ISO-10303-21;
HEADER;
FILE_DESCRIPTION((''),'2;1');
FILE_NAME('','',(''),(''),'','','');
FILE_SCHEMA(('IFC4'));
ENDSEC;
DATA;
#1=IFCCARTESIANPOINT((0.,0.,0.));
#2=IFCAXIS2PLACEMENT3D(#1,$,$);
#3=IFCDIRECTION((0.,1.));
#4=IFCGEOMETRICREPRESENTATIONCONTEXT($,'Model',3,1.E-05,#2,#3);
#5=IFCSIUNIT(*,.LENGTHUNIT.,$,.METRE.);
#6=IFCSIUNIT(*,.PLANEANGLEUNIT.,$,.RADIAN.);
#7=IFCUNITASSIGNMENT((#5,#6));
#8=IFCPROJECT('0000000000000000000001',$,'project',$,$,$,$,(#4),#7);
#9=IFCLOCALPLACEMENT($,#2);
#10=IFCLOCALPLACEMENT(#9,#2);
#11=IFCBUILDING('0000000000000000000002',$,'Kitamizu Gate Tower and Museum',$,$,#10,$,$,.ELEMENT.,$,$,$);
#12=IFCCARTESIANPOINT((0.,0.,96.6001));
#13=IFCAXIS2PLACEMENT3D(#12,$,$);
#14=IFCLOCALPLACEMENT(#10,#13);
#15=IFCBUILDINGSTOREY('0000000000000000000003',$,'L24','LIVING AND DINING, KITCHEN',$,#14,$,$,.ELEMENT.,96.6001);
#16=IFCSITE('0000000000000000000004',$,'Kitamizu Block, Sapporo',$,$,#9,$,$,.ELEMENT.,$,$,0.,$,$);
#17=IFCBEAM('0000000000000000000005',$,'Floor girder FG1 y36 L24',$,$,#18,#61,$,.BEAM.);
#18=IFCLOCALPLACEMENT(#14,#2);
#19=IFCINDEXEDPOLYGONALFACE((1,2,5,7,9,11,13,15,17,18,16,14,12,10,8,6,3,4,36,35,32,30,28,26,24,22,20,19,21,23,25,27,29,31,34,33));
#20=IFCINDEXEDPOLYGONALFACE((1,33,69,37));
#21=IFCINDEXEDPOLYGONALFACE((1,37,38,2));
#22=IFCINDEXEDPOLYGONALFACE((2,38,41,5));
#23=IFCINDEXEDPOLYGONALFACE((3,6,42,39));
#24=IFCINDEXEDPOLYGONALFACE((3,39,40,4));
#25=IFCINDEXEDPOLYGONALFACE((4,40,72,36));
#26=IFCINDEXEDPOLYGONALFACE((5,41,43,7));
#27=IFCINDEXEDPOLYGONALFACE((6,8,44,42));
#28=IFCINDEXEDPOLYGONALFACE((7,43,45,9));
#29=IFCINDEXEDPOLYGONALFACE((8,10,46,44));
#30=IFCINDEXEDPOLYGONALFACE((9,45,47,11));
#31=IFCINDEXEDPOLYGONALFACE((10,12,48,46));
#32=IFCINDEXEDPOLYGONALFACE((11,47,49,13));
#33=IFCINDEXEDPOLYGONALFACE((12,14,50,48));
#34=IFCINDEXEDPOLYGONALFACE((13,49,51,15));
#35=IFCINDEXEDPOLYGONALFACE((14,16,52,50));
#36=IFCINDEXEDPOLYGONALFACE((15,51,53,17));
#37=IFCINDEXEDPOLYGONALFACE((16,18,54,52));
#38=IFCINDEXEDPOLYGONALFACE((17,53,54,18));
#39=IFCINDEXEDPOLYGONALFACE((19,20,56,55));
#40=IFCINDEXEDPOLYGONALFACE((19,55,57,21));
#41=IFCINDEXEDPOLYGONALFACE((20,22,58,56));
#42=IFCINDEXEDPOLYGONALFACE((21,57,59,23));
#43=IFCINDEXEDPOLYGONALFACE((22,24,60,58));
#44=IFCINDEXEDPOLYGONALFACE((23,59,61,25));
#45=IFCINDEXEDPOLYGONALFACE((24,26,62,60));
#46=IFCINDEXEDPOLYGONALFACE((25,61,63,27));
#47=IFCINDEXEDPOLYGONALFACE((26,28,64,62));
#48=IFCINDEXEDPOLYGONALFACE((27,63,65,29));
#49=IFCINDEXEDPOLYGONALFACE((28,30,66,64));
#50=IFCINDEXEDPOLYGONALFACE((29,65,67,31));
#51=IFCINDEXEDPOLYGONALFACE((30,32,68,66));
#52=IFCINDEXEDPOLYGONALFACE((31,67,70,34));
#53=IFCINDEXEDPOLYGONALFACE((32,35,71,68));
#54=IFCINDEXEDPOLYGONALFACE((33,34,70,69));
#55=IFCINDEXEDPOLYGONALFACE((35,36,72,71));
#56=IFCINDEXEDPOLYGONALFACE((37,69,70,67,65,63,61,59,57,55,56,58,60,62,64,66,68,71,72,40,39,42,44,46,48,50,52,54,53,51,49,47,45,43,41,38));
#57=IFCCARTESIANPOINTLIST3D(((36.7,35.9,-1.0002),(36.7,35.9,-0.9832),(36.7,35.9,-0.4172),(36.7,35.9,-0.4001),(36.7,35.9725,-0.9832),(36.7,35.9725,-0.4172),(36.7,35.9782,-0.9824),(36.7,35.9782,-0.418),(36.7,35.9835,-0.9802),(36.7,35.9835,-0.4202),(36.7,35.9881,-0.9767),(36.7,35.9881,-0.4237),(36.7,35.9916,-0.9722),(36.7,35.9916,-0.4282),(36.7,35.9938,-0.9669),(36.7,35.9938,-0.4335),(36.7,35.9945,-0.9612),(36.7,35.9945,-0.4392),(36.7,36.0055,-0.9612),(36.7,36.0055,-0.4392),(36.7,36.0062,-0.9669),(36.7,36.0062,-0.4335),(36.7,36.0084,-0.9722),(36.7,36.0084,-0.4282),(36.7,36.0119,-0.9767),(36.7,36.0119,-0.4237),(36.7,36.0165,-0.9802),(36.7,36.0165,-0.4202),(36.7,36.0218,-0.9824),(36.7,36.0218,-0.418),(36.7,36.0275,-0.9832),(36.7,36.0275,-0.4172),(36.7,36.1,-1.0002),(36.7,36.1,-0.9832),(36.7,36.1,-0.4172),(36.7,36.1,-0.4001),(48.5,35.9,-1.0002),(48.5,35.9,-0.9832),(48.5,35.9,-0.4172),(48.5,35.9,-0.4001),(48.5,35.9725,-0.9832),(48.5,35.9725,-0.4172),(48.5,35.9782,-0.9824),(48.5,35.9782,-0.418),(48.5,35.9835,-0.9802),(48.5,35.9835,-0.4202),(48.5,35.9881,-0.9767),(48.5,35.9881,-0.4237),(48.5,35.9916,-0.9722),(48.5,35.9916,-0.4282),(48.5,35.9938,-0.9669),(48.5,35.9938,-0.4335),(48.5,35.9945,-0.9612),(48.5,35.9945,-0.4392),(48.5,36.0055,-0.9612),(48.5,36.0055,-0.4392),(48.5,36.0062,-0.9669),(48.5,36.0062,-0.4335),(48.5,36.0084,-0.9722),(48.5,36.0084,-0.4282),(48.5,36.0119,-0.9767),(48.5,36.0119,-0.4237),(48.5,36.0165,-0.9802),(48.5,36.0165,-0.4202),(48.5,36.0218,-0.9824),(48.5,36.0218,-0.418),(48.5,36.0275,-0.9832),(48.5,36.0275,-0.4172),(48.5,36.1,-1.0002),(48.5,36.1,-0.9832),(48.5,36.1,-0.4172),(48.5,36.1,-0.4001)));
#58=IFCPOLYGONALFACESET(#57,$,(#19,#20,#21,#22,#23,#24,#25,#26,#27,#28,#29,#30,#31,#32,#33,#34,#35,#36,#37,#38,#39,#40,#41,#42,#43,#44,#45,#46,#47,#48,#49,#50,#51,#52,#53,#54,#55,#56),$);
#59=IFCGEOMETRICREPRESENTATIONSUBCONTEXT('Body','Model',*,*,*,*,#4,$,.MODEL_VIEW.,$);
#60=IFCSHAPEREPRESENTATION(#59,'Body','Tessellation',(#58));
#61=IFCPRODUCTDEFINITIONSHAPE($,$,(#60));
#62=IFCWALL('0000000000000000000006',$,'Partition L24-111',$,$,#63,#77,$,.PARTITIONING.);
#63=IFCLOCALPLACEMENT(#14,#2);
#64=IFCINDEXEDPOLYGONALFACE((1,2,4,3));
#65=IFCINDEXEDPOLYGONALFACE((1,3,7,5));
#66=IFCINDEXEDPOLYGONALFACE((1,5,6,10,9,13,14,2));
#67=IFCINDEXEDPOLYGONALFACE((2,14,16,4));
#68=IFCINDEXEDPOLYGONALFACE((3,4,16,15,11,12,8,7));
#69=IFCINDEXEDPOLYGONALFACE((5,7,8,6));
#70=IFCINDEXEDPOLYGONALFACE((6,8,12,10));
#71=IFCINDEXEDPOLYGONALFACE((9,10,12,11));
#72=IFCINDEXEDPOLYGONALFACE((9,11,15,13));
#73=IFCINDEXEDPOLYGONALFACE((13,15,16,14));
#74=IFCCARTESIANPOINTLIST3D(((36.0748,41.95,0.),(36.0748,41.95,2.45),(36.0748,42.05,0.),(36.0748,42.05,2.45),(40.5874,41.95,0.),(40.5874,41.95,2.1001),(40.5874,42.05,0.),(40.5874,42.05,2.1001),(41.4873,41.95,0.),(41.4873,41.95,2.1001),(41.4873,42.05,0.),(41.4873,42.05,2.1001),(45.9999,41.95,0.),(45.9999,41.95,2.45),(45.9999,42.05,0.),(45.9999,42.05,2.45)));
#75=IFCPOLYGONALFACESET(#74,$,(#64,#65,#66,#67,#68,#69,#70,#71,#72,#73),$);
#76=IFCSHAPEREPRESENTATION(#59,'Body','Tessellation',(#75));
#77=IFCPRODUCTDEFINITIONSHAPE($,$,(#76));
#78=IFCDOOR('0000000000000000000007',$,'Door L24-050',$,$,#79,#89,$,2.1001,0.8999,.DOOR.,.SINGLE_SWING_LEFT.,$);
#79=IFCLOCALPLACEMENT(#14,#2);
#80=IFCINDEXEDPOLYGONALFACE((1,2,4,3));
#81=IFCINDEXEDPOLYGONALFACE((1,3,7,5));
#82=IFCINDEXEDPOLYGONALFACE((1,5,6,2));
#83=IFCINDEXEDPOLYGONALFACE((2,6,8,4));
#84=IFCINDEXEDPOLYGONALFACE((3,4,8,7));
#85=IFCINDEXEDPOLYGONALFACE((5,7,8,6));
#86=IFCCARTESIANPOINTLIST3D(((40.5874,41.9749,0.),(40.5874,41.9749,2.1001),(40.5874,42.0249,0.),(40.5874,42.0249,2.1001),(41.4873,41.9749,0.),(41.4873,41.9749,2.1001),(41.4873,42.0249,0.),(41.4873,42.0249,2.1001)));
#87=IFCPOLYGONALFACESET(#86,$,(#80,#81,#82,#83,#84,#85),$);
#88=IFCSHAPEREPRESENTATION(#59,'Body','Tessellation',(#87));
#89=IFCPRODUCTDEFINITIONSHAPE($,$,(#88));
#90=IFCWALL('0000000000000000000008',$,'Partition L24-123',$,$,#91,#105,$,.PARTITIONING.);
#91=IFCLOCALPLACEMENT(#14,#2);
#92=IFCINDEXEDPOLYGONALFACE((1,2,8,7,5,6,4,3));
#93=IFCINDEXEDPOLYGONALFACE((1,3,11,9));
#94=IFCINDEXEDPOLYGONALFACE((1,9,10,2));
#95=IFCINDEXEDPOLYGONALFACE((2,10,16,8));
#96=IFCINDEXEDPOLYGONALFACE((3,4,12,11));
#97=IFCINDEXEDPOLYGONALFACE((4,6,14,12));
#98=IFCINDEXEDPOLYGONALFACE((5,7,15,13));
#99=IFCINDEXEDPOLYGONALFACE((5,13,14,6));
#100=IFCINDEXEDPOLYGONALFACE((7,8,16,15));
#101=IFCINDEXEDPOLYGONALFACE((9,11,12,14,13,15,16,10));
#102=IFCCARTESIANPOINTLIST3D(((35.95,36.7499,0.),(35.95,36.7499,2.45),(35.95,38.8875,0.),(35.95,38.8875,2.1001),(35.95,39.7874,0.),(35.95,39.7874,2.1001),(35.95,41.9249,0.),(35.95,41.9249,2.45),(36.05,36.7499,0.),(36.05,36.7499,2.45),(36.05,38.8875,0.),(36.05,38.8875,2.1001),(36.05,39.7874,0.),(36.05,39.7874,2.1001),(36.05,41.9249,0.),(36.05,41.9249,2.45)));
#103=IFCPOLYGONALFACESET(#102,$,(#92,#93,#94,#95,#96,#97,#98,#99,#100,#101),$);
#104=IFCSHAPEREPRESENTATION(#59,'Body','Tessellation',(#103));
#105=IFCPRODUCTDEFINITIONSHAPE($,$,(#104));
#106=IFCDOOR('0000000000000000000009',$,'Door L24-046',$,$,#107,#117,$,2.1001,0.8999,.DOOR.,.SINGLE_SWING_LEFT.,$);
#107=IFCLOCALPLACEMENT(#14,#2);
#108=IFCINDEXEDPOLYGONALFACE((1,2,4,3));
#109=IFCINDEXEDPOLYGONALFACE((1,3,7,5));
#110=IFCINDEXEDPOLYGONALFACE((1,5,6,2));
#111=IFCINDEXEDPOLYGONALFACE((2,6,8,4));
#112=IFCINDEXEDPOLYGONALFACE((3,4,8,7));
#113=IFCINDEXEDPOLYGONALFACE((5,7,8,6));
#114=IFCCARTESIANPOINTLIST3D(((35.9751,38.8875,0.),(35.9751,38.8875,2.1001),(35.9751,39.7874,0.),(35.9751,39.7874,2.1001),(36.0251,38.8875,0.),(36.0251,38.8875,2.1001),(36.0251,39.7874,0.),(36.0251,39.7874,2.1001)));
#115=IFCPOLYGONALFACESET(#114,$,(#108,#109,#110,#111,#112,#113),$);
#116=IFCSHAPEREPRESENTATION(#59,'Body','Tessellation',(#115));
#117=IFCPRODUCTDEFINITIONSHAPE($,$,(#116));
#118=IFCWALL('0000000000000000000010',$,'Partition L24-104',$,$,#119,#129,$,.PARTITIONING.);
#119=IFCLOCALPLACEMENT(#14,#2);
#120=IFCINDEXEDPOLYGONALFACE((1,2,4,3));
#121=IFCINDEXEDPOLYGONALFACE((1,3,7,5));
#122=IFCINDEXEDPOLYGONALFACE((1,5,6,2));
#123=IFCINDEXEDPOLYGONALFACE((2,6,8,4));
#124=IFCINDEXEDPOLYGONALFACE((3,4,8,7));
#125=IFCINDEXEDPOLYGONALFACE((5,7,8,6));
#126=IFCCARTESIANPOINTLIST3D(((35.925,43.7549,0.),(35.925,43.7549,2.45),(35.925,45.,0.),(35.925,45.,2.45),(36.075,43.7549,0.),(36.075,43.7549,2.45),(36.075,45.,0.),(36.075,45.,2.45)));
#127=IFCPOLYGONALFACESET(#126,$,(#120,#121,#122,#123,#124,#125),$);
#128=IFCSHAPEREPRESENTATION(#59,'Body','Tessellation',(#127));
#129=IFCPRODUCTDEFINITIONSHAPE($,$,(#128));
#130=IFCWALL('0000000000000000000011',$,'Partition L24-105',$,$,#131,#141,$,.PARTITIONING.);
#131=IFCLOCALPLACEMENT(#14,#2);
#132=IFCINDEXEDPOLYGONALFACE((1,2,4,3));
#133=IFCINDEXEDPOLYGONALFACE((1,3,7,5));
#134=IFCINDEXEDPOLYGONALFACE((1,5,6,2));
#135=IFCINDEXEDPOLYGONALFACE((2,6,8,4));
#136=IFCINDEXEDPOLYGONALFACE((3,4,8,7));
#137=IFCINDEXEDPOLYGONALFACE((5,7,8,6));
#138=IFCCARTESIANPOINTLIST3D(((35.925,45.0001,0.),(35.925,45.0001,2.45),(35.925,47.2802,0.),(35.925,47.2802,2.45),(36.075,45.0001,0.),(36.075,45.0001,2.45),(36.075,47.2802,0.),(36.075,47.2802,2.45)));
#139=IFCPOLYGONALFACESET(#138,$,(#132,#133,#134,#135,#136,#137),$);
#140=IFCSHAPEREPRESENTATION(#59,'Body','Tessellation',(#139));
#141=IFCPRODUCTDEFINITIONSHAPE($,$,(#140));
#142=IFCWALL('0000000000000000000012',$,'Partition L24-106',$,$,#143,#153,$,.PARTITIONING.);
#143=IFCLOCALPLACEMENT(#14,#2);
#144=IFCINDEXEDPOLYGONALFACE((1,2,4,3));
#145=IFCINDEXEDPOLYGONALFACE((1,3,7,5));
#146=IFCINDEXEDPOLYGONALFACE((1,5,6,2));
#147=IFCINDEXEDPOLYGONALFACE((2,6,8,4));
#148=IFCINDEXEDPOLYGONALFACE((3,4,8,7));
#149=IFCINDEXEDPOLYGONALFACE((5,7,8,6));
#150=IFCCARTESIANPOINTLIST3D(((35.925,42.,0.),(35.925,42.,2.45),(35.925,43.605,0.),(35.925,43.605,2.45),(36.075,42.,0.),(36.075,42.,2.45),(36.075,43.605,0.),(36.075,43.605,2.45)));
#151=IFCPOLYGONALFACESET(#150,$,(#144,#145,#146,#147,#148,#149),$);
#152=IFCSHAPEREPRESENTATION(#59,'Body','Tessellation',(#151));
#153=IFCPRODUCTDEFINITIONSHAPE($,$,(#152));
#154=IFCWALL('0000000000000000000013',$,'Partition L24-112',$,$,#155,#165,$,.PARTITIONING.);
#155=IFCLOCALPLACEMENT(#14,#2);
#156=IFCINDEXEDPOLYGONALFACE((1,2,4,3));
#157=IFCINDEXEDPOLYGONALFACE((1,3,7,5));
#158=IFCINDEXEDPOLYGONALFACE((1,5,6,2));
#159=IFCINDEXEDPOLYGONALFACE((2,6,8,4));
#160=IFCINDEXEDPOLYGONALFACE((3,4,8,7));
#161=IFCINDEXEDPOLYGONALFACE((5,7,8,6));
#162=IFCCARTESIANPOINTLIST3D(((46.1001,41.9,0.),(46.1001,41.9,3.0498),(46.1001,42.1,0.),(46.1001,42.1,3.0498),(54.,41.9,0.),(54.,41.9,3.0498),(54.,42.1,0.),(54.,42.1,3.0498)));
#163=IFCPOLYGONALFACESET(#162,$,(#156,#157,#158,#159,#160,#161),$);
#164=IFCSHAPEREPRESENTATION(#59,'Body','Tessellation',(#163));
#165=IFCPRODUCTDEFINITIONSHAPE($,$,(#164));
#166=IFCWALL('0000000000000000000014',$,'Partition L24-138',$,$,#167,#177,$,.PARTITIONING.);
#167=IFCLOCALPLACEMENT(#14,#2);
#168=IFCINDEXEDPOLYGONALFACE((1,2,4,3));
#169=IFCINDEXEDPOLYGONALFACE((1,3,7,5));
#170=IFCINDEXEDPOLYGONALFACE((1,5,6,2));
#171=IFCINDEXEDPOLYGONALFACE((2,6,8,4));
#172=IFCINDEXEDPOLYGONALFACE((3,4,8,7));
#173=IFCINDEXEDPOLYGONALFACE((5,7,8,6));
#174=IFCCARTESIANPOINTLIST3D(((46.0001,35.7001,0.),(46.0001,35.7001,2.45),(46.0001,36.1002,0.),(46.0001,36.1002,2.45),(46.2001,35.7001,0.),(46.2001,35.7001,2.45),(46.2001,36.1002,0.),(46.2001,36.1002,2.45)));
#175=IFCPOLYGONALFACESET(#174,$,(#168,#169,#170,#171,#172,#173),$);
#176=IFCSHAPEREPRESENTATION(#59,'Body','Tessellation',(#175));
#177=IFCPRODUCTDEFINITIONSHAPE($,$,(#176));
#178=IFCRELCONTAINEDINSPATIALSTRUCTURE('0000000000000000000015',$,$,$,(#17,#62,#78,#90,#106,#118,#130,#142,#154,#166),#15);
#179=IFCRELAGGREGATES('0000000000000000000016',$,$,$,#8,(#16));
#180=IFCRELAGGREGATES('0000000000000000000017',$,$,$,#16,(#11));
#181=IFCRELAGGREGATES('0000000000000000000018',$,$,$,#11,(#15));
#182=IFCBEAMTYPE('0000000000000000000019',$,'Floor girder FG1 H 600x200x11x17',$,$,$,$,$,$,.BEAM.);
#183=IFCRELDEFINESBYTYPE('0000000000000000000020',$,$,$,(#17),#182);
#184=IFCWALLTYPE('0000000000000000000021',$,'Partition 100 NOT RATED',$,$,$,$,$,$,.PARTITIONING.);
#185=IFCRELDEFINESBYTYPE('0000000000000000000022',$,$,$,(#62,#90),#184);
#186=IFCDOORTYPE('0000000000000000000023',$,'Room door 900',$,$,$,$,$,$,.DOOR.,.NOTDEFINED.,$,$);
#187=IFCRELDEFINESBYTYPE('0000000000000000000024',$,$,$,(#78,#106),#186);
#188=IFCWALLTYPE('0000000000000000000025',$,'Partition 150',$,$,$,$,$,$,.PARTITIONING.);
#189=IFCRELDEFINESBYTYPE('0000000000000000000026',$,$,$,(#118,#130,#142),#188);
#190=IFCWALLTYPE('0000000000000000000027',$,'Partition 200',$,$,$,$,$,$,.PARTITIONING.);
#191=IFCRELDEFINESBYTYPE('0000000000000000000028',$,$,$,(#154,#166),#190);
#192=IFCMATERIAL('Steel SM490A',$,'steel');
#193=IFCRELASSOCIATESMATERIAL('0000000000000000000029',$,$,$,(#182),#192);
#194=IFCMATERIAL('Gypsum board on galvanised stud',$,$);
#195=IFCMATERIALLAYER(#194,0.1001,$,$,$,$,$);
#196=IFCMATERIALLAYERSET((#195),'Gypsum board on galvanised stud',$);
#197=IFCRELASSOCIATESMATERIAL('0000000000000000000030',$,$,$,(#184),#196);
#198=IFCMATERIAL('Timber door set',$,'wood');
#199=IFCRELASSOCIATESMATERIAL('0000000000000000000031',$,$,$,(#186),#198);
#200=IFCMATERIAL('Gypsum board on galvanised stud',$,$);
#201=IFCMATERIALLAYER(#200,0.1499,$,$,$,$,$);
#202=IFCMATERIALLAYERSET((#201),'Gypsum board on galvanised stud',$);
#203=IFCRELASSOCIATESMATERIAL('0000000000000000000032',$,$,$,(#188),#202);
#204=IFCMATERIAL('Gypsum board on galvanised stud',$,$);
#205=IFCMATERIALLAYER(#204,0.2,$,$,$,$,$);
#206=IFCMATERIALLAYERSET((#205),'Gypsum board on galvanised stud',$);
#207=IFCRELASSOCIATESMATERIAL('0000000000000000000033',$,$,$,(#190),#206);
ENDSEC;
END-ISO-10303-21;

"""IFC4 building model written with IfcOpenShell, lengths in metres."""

from ifc_helpers import new_model, si_unit, direction, frame, frame_2d, origin, origin_2d, place, context, subcontext, project, spatial, rectangle, i_section, extrude, material, layer, layer_set, material_profile, profile_set, type_object, element, fill, save


model = new_model("IFC4")

# Units and contexts
model_context = context("Model", 3, precision=1e-05, world=origin(), true_north=direction((0.0, 1.0)))
body_context = subcontext(model_context, "Body", "Model", "MODEL_VIEW")
ifc_project = project(units=[si_unit("LENGTHUNIT", "METRE"), si_unit("PLANEANGLEUNIT", "RADIAN")], contexts=[model_context])

# Site, building, storey
site_placement = place(None, origin())
site = spatial("IfcSite", under=ifc_project, at=site_placement, Name="Kitamizu Block, Sapporo", CompositionType="ELEMENT", RefElevation=0.0)
building_placement = place(site_placement, origin())
building = spatial("IfcBuilding", under=site, at=building_placement, Name="Kitamizu Gate Tower and Museum", CompositionType="ELEMENT")
storey_placement = place(building_placement, frame((0.0, 0.0, 96.6001)))
storey = spatial("IfcBuildingStorey", under=building, at=storey_placement, Name="L24", Description="LIVING AND DINING, KITCHEN", CompositionType="ELEMENT", Elevation=96.6001)

# Beam
ifc_material_1 = material(Name="Steel SM490A", Category="steel")
ifc_material_profile_1 = material_profile(ifc_material_1, i_section(OverallWidth=0.2, OverallDepth=0.6001, WebThickness=0.011, FlangeThickness=0.0171, FilletRadius=0.022, at=origin_2d()), Name="H-600x200x11x17")
ifc_profile_set_1 = profile_set([ifc_material_profile_1], Name="Steel SM490A")
beam_type_1 = type_object("IfcBeamType", Name="Floor girder FG1 H 600x200x11x17", PredefinedType="BEAM", material=ifc_profile_set_1)
beam_1_placement = place(storey_placement, frame((36.7, 36.0, -0.7002), z_axis=(1.0, 0.0, 0.0), x_axis=(0.0, 1.0, 0.0)))
element("IfcBeam", 1, at=beam_1_placement, inside=storey, type_object=beam_type_1, Name="Floor girder FG1 y36 L24", PredefinedType="BEAM", context=body_context, shape_type="SweptSolid", body=[
    extrude(i_section(OverallWidth=0.2, OverallDepth=0.6001, WebThickness=0.011, FlangeThickness=0.0171, FilletRadius=0.022, at=origin_2d()), origin(), (0.0, 0.0, 1.0), 11.8),
])

# Walls, openings, doors
ifc_material_2 = material(Name="Gypsum board on galvanised stud")
ifc_layer_1 = layer(ifc_material_2, 0.1001)
ifc_layer_set_1 = layer_set([ifc_layer_1], Name="Gypsum board on galvanised stud")
wall_type_1 = type_object("IfcWallType", Name="Partition 100 NOT RATED", PredefinedType="PARTITIONING", material=ifc_layer_set_1)
wall_1_placement = place(storey_placement, frame((36.075, 42.0, 0.0), z_axis=(0.0, 0.0, 1.0), x_axis=(1.0, 0.0, 0.0)))
wall_1 = element("IfcWall", 2, at=wall_1_placement, inside=storey, type_object=wall_type_1, Name="Partition L24-111", PredefinedType="PARTITIONING", context=body_context, shape_type="SweptSolid", body=[
    extrude(rectangle(XDim=9.925, YDim=0.1001, at=frame_2d((4.9624, 0.0))), origin(), (0.0, 0.0, 1.0), 2.45),
])
opening_1_placement = place(wall_1_placement, frame((4.5125, 0.0, 0.0)))
opening_1 = element("IfcOpeningElement", 3, at=opening_1_placement, cuts=wall_1, PredefinedType="OPENING", context=body_context, shape_type="SweptSolid", body=[
    extrude(rectangle(XDim=0.8999, YDim=2.1001, at=frame_2d((0.45, 1.05))), frame((0.0, 0.0601, 0.0), z_axis=(0.0, -1.0, 0.0), x_axis=(1.0, 0.0, 0.0)), (0.0, 0.0, 1.0), 0.1201),
])
ifc_material_3 = material(Name="Timber door set", Category="wood")
door_type = type_object("IfcDoorType", Name="Room door 900", OperationType="NOTDEFINED", PredefinedType="DOOR", material=ifc_material_3)
door_1_placement = place(opening_1_placement, origin())
door_1 = element("IfcDoor", 4, at=door_1_placement, inside=storey, type_object=door_type, Name="Door L24-050", OperationType="SINGLE_SWING_LEFT", OverallHeight=2.1001, OverallWidth=0.8999, PredefinedType="DOOR", context=body_context, shape_type="SweptSolid", body=[
    extrude(rectangle(XDim=0.8999, YDim=2.1001, at=frame_2d((0.45, 1.05))), frame((0.0, 0.0249, 0.0), z_axis=(0.0, -1.0, 0.0), x_axis=(1.0, 0.0, 0.0)), (0.0, 0.0, 1.0), 0.05),
])
fill(opening_1, door_1)
wall_2_placement = place(storey_placement, frame((36.0, 36.75, 0.0), z_axis=(0.0, 0.0, 1.0), x_axis=(0.0, 1.0, 0.0)))
wall_2 = element("IfcWall", 5, at=wall_2_placement, inside=storey, type_object=wall_type_1, Name="Partition L24-123", PredefinedType="PARTITIONING", context=body_context, shape_type="SweptSolid", body=[
    extrude(rectangle(XDim=5.175, YDim=0.1001, at=frame_2d((2.5874, 0.0))), origin(), (0.0, 0.0, 1.0), 2.45),
])
opening_2_placement = place(wall_2_placement, frame((2.1375, 0.0, 0.0)))
opening_2 = element("IfcOpeningElement", 6, at=opening_2_placement, cuts=wall_2, PredefinedType="OPENING", context=body_context, shape_type="SweptSolid", body=[
    extrude(rectangle(XDim=0.8999, YDim=2.1001, at=frame_2d((0.45, 1.05))), frame((0.0, 0.0601, 0.0), z_axis=(0.0, -1.0, 0.0), x_axis=(1.0, 0.0, 0.0)), (0.0, 0.0, 1.0), 0.1201),
])
door_2_placement = place(opening_2_placement, origin())
door_2 = element("IfcDoor", 7, at=door_2_placement, inside=storey, type_object=door_type, Name="Door L24-046", OperationType="SINGLE_SWING_LEFT", OverallHeight=2.1001, OverallWidth=0.8999, PredefinedType="DOOR", context=body_context, shape_type="SweptSolid", body=[
    extrude(rectangle(XDim=0.8999, YDim=2.1001, at=frame_2d((0.45, 1.05))), frame((0.0, 0.0249, 0.0), z_axis=(0.0, -1.0, 0.0), x_axis=(1.0, 0.0, 0.0)), (0.0, 0.0, 1.0), 0.05),
])
fill(opening_2, door_2)

# Walls
ifc_material_4 = material(Name="Gypsum board on galvanised stud")
ifc_layer_2 = layer(ifc_material_4, 0.1499)
ifc_layer_set_2 = layer_set([ifc_layer_2], Name="Gypsum board on galvanised stud")
wall_type_2 = type_object("IfcWallType", Name="Partition 150", PredefinedType="PARTITIONING", material=ifc_layer_set_2)
wall_3_placement = place(storey_placement, frame((36.0, 43.7549, 0.0), z_axis=(0.0, 0.0, 1.0), x_axis=(0.0, 1.0, 0.0)))
element("IfcWall", 8, at=wall_3_placement, inside=storey, type_object=wall_type_2, Name="Partition L24-104", PredefinedType="PARTITIONING", context=body_context, shape_type="SweptSolid", body=[
    extrude(rectangle(XDim=1.2451, YDim=0.1499, at=frame_2d((0.6226, 0.0))), origin(), (0.0, 0.0, 1.0), 2.45),
])
wall_4_placement = place(storey_placement, frame((36.0, 45.0, 0.0), z_axis=(0.0, 0.0, 1.0), x_axis=(0.0, 1.0, 0.0)))
element("IfcWall", 9, at=wall_4_placement, inside=storey, type_object=wall_type_2, Name="Partition L24-105", PredefinedType="PARTITIONING", context=body_context, shape_type="SweptSolid", body=[
    extrude(rectangle(XDim=2.28, YDim=0.1499, at=frame_2d((1.1401, 0.0))), origin(), (0.0, 0.0, 1.0), 2.45),
])
wall_5_placement = place(storey_placement, frame((36.0, 42.0, 0.0), z_axis=(0.0, 0.0, 1.0), x_axis=(0.0, 1.0, 0.0)))
element("IfcWall", 10, at=wall_5_placement, inside=storey, type_object=wall_type_2, Name="Partition L24-106", PredefinedType="PARTITIONING", context=body_context, shape_type="SweptSolid", body=[
    extrude(rectangle(XDim=1.605, YDim=0.1499, at=frame_2d((0.8025, 0.0))), origin(), (0.0, 0.0, 1.0), 2.45),
])
ifc_material_5 = material(Name="Gypsum board on galvanised stud")
ifc_layer_3 = layer(ifc_material_5, 0.2)
ifc_layer_set_3 = layer_set([ifc_layer_3], Name="Gypsum board on galvanised stud")
wall_type_3 = type_object("IfcWallType", Name="Partition 200", PredefinedType="PARTITIONING", material=ifc_layer_set_3)
wall_6_placement = place(storey_placement, frame((46.1001, 42.0, 0.0), z_axis=(0.0, 0.0, 1.0), x_axis=(1.0, 0.0, 0.0)))
element("IfcWall", 11, at=wall_6_placement, inside=storey, type_object=wall_type_3, Name="Partition L24-112", PredefinedType="PARTITIONING", context=body_context, shape_type="SweptSolid", body=[
    extrude(rectangle(XDim=7.8999, YDim=0.2, at=frame_2d((3.95, 0.0))), origin(), (0.0, 0.0, 1.0), 3.0498),
])
wall_7_placement = place(storey_placement, frame((46.1001, 35.7, 0.0), z_axis=(0.0, 0.0, 1.0), x_axis=(0.0, 1.0, 0.0)))
element("IfcWall", 12, at=wall_7_placement, inside=storey, type_object=wall_type_3, Name="Partition L24-138", PredefinedType="PARTITIONING", context=body_context, shape_type="SweptSolid", body=[
    extrude(rectangle(XDim=0.4001, YDim=0.2, at=frame_2d((0.2002, 0.0))), origin(), (0.0, 0.0, 1.0), 2.45),
])

save(model, "model.ifc")
